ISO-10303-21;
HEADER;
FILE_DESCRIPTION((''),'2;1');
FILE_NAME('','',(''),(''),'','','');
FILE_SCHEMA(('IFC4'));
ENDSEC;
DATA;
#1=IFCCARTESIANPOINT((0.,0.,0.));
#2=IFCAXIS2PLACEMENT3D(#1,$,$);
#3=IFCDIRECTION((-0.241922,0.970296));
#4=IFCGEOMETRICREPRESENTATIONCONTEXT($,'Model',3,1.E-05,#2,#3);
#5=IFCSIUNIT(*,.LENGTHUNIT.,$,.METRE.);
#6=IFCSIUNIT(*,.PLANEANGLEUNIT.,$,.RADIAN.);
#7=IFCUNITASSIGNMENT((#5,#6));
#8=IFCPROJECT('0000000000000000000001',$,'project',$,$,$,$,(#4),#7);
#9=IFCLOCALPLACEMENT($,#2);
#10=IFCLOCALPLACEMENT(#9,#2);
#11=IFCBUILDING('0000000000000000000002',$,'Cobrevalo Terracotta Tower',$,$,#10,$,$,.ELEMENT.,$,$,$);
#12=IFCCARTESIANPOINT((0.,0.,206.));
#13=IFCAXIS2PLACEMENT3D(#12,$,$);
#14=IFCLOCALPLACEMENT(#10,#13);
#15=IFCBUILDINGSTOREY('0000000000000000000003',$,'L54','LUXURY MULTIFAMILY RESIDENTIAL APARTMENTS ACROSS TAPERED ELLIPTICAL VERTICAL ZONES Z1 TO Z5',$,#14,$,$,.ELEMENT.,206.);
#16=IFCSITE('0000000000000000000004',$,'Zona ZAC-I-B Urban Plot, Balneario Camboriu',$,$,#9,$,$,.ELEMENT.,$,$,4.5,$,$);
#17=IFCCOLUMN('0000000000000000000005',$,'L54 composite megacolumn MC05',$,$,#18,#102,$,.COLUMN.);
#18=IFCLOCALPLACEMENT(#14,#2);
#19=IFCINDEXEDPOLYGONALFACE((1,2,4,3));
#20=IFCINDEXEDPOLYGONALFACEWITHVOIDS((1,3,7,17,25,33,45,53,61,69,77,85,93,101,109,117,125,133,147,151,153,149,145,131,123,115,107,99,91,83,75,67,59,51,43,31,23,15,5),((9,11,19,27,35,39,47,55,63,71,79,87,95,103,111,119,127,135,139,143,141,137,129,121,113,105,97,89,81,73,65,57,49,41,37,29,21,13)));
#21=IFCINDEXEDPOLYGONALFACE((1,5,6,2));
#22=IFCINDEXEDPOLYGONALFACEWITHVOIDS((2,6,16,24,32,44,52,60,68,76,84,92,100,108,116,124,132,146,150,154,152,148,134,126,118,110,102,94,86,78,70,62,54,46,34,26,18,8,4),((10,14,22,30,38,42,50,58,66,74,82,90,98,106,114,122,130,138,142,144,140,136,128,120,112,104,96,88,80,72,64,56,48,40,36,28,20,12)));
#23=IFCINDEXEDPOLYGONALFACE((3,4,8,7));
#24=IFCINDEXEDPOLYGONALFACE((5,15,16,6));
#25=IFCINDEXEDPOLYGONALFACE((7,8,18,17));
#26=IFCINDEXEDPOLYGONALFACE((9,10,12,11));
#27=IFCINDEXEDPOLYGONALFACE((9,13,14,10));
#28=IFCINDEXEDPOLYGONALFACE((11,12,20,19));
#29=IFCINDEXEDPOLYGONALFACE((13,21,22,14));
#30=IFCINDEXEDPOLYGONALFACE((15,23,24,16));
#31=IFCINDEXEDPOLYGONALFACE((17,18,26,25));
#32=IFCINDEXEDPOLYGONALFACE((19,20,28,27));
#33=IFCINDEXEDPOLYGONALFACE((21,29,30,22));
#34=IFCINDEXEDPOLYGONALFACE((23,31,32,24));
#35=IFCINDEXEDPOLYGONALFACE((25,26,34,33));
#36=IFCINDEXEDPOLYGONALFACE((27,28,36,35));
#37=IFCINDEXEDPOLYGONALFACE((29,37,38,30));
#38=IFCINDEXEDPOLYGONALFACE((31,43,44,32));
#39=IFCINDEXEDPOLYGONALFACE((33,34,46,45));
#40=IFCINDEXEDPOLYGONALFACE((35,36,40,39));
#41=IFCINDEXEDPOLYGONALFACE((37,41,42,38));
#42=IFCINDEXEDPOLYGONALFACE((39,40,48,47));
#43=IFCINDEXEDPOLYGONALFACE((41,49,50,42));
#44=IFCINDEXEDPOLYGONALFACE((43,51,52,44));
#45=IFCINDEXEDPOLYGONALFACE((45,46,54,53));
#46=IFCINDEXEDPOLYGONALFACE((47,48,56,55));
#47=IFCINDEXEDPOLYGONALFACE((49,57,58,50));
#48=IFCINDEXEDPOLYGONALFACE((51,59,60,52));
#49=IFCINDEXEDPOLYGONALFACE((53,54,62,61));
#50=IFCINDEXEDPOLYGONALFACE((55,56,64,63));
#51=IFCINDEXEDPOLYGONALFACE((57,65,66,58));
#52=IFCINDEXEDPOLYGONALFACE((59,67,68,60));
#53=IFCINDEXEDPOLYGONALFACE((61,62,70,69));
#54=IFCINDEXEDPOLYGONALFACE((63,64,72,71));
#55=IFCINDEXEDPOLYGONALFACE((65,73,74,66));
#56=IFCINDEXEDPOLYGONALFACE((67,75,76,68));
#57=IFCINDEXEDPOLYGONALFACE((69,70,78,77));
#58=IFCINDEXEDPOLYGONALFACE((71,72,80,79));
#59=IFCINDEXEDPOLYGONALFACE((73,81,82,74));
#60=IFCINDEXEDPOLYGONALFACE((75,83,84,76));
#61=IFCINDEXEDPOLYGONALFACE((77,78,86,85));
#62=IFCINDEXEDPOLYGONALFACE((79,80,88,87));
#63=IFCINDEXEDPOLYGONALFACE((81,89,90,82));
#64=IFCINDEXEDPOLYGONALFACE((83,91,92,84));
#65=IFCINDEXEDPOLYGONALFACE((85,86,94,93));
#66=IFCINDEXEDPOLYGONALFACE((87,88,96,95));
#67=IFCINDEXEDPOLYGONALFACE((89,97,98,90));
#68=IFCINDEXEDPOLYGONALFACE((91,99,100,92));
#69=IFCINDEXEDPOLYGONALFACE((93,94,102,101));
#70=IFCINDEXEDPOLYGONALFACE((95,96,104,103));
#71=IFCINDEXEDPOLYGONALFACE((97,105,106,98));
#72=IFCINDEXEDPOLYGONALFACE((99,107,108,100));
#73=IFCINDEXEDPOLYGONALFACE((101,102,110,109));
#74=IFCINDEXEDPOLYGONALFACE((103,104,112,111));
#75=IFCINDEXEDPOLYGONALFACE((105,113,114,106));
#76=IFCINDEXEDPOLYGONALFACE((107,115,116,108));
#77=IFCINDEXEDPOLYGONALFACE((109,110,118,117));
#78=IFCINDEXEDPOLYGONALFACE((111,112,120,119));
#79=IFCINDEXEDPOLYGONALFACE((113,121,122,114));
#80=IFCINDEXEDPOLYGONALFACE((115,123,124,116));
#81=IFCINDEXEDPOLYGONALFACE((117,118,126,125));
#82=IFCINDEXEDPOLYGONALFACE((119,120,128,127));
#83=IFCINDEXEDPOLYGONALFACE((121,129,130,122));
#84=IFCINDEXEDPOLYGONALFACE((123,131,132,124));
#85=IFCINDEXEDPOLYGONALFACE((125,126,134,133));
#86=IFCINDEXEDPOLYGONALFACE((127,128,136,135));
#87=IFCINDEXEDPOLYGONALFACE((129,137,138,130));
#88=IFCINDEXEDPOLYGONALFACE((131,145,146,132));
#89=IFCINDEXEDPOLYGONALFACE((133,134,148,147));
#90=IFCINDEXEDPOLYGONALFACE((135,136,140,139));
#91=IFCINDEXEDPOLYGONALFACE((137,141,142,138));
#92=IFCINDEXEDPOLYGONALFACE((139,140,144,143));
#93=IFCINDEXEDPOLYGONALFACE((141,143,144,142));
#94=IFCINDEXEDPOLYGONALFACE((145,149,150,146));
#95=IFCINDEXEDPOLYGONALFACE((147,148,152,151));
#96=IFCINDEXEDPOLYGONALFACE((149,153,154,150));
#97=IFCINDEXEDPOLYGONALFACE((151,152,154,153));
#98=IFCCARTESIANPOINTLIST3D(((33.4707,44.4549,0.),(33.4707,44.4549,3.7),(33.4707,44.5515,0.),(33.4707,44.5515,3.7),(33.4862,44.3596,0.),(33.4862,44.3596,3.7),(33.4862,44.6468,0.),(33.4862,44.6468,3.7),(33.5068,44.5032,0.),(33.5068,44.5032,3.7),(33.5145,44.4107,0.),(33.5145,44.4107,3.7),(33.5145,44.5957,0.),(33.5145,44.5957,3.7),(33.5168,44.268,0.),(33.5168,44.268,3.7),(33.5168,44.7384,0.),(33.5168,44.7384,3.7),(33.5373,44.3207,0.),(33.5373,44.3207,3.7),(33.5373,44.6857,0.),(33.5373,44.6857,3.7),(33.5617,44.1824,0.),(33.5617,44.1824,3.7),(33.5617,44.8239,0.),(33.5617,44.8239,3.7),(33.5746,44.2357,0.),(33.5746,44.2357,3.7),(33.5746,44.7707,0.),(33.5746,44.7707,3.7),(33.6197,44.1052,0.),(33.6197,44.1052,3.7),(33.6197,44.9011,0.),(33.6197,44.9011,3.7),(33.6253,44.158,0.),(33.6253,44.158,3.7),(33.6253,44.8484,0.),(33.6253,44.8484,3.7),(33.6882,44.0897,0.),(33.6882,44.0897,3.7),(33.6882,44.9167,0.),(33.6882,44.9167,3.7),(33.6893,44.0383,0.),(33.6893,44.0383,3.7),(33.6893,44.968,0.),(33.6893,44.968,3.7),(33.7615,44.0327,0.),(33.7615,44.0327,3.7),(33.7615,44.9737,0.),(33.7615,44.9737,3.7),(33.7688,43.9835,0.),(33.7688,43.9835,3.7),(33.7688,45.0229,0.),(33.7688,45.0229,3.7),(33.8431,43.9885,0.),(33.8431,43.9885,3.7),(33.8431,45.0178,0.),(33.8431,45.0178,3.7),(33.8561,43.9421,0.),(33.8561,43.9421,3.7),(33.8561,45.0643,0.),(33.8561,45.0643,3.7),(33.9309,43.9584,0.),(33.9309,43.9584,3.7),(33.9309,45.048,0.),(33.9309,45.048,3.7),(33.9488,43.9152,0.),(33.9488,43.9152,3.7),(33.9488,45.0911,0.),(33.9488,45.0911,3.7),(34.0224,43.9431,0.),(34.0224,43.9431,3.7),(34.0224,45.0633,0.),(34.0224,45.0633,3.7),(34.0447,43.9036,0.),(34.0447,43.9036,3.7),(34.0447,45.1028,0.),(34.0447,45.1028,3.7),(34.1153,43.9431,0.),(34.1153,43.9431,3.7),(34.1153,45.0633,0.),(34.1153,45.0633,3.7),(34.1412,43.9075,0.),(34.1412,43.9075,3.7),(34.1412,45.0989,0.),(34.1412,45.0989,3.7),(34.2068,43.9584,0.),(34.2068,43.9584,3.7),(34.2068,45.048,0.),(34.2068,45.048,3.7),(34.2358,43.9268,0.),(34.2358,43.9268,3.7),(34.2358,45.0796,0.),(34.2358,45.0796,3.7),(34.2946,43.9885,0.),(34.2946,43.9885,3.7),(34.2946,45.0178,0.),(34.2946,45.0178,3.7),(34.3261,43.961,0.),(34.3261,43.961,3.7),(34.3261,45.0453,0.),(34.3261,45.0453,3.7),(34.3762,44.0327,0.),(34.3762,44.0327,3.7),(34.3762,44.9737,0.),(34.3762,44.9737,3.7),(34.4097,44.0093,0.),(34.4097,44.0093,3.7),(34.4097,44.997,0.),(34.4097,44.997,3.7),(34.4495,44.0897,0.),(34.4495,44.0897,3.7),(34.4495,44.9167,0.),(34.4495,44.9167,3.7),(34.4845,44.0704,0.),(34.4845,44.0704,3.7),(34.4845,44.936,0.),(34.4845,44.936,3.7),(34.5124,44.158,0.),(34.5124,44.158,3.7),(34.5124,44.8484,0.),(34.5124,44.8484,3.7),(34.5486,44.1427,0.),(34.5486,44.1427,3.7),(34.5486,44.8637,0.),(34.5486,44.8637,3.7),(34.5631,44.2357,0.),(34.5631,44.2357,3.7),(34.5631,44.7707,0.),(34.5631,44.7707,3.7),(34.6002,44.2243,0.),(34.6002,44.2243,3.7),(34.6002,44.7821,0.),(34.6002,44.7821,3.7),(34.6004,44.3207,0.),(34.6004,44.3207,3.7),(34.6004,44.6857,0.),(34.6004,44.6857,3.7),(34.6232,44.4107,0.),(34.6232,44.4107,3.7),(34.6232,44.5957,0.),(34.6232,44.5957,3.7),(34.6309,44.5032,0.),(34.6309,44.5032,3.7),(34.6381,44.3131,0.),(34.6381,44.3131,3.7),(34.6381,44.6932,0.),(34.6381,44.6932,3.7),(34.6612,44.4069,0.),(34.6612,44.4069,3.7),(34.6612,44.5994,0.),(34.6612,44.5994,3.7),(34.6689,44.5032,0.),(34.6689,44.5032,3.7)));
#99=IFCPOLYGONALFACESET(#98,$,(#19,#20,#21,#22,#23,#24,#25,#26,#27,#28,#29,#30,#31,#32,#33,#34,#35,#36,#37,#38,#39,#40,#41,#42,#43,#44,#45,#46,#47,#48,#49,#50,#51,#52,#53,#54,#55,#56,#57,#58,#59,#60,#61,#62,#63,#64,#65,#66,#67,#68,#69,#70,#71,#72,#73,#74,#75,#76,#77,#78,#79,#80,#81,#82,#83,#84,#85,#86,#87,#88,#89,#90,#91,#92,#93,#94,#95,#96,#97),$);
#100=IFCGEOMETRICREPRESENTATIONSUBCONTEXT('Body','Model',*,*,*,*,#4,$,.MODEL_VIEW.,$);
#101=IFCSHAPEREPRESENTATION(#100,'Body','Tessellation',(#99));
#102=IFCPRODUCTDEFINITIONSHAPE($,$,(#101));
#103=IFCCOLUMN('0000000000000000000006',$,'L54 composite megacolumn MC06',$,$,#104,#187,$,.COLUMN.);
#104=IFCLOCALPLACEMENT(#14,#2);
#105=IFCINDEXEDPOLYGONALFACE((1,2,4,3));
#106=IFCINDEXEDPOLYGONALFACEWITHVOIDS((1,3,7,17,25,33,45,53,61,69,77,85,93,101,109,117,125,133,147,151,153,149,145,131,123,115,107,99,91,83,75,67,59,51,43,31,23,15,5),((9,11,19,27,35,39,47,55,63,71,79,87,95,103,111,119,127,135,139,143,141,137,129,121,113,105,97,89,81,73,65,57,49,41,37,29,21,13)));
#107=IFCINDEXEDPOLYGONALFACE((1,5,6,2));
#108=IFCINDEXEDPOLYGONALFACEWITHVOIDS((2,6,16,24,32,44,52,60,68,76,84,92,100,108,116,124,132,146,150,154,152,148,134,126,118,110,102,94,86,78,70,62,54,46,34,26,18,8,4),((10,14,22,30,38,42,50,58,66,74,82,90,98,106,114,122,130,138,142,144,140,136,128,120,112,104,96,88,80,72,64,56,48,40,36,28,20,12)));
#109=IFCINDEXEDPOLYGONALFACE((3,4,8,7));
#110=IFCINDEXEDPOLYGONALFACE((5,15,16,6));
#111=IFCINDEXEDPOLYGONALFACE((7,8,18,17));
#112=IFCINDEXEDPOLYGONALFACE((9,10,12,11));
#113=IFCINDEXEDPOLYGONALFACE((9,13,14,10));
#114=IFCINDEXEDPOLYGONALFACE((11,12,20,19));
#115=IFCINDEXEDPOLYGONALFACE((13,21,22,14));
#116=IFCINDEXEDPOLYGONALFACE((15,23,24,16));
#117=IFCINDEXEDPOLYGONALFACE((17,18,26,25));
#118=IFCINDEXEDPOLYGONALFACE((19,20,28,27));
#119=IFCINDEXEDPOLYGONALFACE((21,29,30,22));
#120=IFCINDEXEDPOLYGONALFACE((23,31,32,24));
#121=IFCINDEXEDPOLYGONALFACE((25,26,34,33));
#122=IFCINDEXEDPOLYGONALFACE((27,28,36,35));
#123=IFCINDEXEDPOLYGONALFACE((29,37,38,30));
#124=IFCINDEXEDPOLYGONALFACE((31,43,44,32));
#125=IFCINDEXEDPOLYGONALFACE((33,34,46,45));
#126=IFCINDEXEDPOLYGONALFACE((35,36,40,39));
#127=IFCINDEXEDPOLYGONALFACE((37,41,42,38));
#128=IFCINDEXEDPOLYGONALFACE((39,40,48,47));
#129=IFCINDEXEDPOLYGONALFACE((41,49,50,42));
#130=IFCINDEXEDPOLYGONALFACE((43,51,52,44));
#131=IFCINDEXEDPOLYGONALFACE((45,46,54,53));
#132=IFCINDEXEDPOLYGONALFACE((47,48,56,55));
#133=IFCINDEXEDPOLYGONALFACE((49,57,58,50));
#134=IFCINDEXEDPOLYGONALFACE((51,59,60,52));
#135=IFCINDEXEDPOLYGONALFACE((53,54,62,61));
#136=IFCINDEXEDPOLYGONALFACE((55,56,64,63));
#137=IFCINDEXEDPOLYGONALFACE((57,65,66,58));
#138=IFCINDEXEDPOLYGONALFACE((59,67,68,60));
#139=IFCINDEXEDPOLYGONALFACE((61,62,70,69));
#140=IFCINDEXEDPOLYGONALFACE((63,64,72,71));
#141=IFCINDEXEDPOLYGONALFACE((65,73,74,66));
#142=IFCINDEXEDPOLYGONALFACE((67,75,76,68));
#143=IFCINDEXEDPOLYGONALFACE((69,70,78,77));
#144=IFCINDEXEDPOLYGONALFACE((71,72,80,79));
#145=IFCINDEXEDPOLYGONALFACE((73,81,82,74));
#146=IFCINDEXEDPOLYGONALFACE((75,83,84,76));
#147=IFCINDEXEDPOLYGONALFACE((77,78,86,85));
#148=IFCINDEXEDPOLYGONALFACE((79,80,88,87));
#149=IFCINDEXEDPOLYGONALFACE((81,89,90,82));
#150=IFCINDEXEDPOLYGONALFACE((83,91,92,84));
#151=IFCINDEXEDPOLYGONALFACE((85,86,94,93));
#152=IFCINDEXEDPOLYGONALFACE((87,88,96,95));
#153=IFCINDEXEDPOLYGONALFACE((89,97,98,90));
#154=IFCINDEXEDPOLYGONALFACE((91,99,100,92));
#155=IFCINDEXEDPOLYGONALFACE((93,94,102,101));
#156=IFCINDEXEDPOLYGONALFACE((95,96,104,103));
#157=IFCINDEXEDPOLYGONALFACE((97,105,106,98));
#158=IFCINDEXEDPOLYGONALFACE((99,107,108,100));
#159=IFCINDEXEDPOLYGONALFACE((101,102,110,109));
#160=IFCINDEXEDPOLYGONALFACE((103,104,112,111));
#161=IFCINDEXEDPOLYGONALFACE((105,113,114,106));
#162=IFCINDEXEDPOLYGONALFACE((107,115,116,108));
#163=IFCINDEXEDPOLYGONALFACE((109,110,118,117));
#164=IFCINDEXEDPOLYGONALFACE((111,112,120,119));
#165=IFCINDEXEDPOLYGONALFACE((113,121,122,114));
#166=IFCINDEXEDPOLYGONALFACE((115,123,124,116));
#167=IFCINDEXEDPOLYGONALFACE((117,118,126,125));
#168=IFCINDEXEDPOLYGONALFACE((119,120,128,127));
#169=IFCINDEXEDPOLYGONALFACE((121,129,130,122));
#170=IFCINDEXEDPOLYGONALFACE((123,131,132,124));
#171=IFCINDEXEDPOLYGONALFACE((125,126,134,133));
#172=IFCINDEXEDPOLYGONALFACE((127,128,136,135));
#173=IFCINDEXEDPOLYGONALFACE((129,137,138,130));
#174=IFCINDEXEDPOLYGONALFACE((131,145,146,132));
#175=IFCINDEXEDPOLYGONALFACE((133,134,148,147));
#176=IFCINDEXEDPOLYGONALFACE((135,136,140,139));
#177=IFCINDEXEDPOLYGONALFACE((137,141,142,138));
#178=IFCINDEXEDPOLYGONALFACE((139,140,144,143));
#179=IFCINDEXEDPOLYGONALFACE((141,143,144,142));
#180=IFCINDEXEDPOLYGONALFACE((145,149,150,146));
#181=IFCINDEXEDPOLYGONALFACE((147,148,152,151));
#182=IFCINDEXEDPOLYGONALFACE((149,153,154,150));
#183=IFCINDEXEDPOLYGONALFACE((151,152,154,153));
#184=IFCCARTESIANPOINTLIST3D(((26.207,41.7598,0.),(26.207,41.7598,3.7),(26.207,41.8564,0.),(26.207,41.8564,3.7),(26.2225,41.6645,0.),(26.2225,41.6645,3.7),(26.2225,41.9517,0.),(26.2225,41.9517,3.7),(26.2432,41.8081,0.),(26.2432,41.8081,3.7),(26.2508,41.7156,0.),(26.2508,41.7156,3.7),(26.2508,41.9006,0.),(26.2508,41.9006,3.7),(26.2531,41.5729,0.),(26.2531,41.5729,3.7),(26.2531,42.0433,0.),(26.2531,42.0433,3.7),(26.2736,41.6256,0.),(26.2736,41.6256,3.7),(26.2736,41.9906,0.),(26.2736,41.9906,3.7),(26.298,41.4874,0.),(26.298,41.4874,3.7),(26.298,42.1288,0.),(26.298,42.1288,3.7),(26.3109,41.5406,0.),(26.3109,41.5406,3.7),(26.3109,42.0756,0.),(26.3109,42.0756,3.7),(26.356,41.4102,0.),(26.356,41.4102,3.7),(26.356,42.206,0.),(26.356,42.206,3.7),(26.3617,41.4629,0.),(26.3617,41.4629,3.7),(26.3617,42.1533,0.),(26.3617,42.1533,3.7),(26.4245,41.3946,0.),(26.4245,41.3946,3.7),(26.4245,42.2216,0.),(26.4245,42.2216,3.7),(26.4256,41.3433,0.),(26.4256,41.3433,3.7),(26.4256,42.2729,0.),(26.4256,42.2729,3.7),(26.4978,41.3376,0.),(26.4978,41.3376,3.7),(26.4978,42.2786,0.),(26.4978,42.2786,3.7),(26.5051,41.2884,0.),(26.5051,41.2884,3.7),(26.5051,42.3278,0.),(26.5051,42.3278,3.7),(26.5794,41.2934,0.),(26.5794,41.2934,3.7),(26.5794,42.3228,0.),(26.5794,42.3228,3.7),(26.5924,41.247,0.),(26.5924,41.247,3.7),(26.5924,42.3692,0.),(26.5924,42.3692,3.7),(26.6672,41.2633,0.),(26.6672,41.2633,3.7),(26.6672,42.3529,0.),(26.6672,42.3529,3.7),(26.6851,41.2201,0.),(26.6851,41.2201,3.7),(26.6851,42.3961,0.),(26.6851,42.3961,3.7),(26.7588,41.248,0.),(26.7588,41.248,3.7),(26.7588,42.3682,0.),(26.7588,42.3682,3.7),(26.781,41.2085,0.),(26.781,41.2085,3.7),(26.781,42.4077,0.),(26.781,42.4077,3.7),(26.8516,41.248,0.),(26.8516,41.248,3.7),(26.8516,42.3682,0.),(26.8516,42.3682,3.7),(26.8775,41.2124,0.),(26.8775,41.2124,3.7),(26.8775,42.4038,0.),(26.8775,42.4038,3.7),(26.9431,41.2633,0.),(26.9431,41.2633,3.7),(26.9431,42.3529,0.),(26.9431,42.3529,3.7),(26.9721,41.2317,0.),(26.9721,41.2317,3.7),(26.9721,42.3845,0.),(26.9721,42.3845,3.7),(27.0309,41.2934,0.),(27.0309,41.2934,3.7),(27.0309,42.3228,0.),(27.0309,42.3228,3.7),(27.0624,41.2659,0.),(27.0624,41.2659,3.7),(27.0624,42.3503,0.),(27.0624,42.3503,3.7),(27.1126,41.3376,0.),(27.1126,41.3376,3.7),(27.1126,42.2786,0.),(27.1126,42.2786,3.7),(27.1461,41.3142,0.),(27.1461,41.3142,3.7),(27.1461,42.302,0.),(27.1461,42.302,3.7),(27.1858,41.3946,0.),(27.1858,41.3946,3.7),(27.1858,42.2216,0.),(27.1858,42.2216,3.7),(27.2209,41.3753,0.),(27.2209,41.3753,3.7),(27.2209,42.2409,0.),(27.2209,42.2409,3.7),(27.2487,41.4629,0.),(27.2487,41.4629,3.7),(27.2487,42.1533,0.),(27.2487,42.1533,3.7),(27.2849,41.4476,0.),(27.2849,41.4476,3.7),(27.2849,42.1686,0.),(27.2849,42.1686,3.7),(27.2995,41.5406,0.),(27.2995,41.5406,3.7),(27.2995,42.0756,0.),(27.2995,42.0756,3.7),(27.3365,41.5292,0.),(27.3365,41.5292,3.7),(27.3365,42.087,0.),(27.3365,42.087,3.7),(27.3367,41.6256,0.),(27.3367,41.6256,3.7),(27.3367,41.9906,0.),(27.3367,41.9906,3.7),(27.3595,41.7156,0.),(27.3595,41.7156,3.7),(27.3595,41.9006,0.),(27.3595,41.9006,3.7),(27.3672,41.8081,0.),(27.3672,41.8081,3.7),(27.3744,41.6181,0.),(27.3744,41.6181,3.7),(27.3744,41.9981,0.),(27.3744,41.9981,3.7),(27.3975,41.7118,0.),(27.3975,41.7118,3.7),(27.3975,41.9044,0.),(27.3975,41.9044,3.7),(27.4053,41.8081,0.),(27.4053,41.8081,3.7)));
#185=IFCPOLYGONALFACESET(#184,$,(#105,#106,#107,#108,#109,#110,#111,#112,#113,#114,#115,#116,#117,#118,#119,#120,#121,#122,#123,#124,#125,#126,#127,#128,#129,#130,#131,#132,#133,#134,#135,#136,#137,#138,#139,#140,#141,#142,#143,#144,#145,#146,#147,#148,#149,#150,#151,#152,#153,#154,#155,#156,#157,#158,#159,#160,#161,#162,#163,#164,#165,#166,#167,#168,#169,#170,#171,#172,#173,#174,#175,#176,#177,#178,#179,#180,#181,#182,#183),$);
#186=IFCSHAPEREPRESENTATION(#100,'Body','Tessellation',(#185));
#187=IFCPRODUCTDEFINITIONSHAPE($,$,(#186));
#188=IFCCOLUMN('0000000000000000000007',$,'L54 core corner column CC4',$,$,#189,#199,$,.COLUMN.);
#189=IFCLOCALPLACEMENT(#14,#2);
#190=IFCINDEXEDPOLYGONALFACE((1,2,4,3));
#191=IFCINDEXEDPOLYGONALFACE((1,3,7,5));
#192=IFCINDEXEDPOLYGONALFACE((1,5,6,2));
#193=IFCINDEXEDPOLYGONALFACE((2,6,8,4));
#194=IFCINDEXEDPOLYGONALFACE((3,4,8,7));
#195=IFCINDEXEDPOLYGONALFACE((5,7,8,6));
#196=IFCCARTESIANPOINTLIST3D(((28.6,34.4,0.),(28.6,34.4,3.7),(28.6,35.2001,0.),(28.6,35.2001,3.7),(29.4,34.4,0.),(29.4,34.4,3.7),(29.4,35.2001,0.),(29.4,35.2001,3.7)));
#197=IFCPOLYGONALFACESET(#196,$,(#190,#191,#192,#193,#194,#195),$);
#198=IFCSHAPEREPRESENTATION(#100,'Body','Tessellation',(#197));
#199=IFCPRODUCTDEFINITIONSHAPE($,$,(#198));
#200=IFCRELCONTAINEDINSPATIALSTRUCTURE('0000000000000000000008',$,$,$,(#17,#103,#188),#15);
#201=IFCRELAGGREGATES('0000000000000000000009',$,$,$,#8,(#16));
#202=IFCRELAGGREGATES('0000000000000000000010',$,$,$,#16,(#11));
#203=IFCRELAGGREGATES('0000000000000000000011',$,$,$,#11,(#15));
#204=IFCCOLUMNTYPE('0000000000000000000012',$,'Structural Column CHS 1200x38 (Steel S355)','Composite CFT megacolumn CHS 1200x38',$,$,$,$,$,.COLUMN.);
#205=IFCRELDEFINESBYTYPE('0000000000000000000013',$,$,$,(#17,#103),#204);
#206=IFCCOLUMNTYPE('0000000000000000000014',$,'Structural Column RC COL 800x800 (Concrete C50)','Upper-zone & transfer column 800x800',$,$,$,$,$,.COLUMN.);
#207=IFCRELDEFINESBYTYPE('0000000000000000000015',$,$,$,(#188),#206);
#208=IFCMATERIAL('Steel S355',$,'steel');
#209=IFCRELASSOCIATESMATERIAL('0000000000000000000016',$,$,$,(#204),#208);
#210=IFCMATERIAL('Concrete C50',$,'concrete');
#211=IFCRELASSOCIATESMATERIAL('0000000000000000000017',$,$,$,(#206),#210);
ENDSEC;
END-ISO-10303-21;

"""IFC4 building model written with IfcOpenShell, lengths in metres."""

from ifc_helpers import new_model, si_unit, direction, frame, origin, origin_2d, place, context, subcontext, project, spatial, rectangle, hollow_circle, extrude, material, material_profile, profile_set, type_object, element, save


model = new_model("IFC4")

# Units and contexts
model_context = context("Model", 3, precision=1e-05, world=origin(), true_north=direction((-0.241922, 0.970296)))
body_context = subcontext(model_context, "Body", "Model", "MODEL_VIEW")
ifc_project = project(units=[si_unit("LENGTHUNIT", "METRE"), si_unit("PLANEANGLEUNIT", "RADIAN")], contexts=[model_context])

# Site, building, storey
site_placement = place(None, origin())
site = spatial("IfcSite", under=ifc_project, at=site_placement, Name="Zona ZAC-I-B Urban Plot, Balneario Camboriu", CompositionType="ELEMENT", RefElevation=4.5)
building_placement = place(site_placement, origin())
building = spatial("IfcBuilding", under=site, at=building_placement, Name="Cobrevalo Terracotta Tower", CompositionType="ELEMENT")
storey_placement = place(building_placement, frame((0.0, 0.0, 206.0)))
storey = spatial("IfcBuildingStorey", under=building, at=storey_placement, Name="L54", Description="LUXURY MULTIFAMILY RESIDENTIAL APARTMENTS ACROSS TAPERED ELLIPTICAL VERTICAL ZONES Z1 TO Z5", CompositionType="ELEMENT", Elevation=206.0)

# Columns
ifc_material_1 = material(Name="Steel S355", Category="steel")
ifc_material_profile_1 = material_profile(ifc_material_1, hollow_circle(Radius=0.6001, WallThickness=0.0381, at=origin_2d()), Name="CHS 1200x38")
ifc_profile_set_1 = profile_set([ifc_material_profile_1], Name="Steel S355")
column_type_1 = type_object("IfcColumnType", Name="Structural Column CHS 1200x38 (Steel S355)", Description="Composite CFT megacolumn CHS 1200x38", PredefinedType="COLUMN", material=ifc_profile_set_1)
for number, where, z_axis, x_axis, name in (
    (1, (34.0688, 44.5032, 0.0), (0.0, 0.0, 1.0), (1.0, 0.0, 0.0), "L54 composite megacolumn MC05"),
    (2, (26.8052, 41.8081, 0.0), (0.0, 0.0, 1.0), (1.0, 0.0, 0.0), "L54 composite megacolumn MC06"),
):
    element("IfcColumn", number, at=place(storey_placement, frame(where, z_axis=z_axis, x_axis=x_axis)), inside=storey, type_object=column_type_1, Name=name, PredefinedType="COLUMN", context=body_context, shape_type="SweptSolid", body=[
        extrude(hollow_circle(Radius=0.6001, WallThickness=0.0381, at=origin_2d()), origin(), (0.0, 0.0, 1.0), 3.7),
    ])
ifc_material_2 = material(Name="Concrete C50", Category="concrete")
ifc_material_profile_2 = material_profile(ifc_material_2, rectangle(XDim=0.8, YDim=0.8, at=origin_2d()), Name="RC COL 800x800")
ifc_profile_set_2 = profile_set([ifc_material_profile_2], Name="Concrete C50")
column_type_2 = type_object("IfcColumnType", Name="Structural Column RC COL 800x800 (Concrete C50)", Description="Upper-zone & transfer column 800x800", PredefinedType="COLUMN", material=ifc_profile_set_2)
column_placement = place(storey_placement, frame((29.0, 34.8, 0.0), z_axis=(0.0, 0.0, 1.0), x_axis=(1.0, 0.0, 0.0)))
element("IfcColumn", 3, at=column_placement, inside=storey, type_object=column_type_2, Name="L54 core corner column CC4", PredefinedType="COLUMN", context=body_context, shape_type="SweptSolid", body=[
    extrude(rectangle(XDim=0.8, YDim=0.8, at=origin_2d()), origin(), (0.0, 0.0, 1.0), 3.7),
])

save(model, "model.ifc")
